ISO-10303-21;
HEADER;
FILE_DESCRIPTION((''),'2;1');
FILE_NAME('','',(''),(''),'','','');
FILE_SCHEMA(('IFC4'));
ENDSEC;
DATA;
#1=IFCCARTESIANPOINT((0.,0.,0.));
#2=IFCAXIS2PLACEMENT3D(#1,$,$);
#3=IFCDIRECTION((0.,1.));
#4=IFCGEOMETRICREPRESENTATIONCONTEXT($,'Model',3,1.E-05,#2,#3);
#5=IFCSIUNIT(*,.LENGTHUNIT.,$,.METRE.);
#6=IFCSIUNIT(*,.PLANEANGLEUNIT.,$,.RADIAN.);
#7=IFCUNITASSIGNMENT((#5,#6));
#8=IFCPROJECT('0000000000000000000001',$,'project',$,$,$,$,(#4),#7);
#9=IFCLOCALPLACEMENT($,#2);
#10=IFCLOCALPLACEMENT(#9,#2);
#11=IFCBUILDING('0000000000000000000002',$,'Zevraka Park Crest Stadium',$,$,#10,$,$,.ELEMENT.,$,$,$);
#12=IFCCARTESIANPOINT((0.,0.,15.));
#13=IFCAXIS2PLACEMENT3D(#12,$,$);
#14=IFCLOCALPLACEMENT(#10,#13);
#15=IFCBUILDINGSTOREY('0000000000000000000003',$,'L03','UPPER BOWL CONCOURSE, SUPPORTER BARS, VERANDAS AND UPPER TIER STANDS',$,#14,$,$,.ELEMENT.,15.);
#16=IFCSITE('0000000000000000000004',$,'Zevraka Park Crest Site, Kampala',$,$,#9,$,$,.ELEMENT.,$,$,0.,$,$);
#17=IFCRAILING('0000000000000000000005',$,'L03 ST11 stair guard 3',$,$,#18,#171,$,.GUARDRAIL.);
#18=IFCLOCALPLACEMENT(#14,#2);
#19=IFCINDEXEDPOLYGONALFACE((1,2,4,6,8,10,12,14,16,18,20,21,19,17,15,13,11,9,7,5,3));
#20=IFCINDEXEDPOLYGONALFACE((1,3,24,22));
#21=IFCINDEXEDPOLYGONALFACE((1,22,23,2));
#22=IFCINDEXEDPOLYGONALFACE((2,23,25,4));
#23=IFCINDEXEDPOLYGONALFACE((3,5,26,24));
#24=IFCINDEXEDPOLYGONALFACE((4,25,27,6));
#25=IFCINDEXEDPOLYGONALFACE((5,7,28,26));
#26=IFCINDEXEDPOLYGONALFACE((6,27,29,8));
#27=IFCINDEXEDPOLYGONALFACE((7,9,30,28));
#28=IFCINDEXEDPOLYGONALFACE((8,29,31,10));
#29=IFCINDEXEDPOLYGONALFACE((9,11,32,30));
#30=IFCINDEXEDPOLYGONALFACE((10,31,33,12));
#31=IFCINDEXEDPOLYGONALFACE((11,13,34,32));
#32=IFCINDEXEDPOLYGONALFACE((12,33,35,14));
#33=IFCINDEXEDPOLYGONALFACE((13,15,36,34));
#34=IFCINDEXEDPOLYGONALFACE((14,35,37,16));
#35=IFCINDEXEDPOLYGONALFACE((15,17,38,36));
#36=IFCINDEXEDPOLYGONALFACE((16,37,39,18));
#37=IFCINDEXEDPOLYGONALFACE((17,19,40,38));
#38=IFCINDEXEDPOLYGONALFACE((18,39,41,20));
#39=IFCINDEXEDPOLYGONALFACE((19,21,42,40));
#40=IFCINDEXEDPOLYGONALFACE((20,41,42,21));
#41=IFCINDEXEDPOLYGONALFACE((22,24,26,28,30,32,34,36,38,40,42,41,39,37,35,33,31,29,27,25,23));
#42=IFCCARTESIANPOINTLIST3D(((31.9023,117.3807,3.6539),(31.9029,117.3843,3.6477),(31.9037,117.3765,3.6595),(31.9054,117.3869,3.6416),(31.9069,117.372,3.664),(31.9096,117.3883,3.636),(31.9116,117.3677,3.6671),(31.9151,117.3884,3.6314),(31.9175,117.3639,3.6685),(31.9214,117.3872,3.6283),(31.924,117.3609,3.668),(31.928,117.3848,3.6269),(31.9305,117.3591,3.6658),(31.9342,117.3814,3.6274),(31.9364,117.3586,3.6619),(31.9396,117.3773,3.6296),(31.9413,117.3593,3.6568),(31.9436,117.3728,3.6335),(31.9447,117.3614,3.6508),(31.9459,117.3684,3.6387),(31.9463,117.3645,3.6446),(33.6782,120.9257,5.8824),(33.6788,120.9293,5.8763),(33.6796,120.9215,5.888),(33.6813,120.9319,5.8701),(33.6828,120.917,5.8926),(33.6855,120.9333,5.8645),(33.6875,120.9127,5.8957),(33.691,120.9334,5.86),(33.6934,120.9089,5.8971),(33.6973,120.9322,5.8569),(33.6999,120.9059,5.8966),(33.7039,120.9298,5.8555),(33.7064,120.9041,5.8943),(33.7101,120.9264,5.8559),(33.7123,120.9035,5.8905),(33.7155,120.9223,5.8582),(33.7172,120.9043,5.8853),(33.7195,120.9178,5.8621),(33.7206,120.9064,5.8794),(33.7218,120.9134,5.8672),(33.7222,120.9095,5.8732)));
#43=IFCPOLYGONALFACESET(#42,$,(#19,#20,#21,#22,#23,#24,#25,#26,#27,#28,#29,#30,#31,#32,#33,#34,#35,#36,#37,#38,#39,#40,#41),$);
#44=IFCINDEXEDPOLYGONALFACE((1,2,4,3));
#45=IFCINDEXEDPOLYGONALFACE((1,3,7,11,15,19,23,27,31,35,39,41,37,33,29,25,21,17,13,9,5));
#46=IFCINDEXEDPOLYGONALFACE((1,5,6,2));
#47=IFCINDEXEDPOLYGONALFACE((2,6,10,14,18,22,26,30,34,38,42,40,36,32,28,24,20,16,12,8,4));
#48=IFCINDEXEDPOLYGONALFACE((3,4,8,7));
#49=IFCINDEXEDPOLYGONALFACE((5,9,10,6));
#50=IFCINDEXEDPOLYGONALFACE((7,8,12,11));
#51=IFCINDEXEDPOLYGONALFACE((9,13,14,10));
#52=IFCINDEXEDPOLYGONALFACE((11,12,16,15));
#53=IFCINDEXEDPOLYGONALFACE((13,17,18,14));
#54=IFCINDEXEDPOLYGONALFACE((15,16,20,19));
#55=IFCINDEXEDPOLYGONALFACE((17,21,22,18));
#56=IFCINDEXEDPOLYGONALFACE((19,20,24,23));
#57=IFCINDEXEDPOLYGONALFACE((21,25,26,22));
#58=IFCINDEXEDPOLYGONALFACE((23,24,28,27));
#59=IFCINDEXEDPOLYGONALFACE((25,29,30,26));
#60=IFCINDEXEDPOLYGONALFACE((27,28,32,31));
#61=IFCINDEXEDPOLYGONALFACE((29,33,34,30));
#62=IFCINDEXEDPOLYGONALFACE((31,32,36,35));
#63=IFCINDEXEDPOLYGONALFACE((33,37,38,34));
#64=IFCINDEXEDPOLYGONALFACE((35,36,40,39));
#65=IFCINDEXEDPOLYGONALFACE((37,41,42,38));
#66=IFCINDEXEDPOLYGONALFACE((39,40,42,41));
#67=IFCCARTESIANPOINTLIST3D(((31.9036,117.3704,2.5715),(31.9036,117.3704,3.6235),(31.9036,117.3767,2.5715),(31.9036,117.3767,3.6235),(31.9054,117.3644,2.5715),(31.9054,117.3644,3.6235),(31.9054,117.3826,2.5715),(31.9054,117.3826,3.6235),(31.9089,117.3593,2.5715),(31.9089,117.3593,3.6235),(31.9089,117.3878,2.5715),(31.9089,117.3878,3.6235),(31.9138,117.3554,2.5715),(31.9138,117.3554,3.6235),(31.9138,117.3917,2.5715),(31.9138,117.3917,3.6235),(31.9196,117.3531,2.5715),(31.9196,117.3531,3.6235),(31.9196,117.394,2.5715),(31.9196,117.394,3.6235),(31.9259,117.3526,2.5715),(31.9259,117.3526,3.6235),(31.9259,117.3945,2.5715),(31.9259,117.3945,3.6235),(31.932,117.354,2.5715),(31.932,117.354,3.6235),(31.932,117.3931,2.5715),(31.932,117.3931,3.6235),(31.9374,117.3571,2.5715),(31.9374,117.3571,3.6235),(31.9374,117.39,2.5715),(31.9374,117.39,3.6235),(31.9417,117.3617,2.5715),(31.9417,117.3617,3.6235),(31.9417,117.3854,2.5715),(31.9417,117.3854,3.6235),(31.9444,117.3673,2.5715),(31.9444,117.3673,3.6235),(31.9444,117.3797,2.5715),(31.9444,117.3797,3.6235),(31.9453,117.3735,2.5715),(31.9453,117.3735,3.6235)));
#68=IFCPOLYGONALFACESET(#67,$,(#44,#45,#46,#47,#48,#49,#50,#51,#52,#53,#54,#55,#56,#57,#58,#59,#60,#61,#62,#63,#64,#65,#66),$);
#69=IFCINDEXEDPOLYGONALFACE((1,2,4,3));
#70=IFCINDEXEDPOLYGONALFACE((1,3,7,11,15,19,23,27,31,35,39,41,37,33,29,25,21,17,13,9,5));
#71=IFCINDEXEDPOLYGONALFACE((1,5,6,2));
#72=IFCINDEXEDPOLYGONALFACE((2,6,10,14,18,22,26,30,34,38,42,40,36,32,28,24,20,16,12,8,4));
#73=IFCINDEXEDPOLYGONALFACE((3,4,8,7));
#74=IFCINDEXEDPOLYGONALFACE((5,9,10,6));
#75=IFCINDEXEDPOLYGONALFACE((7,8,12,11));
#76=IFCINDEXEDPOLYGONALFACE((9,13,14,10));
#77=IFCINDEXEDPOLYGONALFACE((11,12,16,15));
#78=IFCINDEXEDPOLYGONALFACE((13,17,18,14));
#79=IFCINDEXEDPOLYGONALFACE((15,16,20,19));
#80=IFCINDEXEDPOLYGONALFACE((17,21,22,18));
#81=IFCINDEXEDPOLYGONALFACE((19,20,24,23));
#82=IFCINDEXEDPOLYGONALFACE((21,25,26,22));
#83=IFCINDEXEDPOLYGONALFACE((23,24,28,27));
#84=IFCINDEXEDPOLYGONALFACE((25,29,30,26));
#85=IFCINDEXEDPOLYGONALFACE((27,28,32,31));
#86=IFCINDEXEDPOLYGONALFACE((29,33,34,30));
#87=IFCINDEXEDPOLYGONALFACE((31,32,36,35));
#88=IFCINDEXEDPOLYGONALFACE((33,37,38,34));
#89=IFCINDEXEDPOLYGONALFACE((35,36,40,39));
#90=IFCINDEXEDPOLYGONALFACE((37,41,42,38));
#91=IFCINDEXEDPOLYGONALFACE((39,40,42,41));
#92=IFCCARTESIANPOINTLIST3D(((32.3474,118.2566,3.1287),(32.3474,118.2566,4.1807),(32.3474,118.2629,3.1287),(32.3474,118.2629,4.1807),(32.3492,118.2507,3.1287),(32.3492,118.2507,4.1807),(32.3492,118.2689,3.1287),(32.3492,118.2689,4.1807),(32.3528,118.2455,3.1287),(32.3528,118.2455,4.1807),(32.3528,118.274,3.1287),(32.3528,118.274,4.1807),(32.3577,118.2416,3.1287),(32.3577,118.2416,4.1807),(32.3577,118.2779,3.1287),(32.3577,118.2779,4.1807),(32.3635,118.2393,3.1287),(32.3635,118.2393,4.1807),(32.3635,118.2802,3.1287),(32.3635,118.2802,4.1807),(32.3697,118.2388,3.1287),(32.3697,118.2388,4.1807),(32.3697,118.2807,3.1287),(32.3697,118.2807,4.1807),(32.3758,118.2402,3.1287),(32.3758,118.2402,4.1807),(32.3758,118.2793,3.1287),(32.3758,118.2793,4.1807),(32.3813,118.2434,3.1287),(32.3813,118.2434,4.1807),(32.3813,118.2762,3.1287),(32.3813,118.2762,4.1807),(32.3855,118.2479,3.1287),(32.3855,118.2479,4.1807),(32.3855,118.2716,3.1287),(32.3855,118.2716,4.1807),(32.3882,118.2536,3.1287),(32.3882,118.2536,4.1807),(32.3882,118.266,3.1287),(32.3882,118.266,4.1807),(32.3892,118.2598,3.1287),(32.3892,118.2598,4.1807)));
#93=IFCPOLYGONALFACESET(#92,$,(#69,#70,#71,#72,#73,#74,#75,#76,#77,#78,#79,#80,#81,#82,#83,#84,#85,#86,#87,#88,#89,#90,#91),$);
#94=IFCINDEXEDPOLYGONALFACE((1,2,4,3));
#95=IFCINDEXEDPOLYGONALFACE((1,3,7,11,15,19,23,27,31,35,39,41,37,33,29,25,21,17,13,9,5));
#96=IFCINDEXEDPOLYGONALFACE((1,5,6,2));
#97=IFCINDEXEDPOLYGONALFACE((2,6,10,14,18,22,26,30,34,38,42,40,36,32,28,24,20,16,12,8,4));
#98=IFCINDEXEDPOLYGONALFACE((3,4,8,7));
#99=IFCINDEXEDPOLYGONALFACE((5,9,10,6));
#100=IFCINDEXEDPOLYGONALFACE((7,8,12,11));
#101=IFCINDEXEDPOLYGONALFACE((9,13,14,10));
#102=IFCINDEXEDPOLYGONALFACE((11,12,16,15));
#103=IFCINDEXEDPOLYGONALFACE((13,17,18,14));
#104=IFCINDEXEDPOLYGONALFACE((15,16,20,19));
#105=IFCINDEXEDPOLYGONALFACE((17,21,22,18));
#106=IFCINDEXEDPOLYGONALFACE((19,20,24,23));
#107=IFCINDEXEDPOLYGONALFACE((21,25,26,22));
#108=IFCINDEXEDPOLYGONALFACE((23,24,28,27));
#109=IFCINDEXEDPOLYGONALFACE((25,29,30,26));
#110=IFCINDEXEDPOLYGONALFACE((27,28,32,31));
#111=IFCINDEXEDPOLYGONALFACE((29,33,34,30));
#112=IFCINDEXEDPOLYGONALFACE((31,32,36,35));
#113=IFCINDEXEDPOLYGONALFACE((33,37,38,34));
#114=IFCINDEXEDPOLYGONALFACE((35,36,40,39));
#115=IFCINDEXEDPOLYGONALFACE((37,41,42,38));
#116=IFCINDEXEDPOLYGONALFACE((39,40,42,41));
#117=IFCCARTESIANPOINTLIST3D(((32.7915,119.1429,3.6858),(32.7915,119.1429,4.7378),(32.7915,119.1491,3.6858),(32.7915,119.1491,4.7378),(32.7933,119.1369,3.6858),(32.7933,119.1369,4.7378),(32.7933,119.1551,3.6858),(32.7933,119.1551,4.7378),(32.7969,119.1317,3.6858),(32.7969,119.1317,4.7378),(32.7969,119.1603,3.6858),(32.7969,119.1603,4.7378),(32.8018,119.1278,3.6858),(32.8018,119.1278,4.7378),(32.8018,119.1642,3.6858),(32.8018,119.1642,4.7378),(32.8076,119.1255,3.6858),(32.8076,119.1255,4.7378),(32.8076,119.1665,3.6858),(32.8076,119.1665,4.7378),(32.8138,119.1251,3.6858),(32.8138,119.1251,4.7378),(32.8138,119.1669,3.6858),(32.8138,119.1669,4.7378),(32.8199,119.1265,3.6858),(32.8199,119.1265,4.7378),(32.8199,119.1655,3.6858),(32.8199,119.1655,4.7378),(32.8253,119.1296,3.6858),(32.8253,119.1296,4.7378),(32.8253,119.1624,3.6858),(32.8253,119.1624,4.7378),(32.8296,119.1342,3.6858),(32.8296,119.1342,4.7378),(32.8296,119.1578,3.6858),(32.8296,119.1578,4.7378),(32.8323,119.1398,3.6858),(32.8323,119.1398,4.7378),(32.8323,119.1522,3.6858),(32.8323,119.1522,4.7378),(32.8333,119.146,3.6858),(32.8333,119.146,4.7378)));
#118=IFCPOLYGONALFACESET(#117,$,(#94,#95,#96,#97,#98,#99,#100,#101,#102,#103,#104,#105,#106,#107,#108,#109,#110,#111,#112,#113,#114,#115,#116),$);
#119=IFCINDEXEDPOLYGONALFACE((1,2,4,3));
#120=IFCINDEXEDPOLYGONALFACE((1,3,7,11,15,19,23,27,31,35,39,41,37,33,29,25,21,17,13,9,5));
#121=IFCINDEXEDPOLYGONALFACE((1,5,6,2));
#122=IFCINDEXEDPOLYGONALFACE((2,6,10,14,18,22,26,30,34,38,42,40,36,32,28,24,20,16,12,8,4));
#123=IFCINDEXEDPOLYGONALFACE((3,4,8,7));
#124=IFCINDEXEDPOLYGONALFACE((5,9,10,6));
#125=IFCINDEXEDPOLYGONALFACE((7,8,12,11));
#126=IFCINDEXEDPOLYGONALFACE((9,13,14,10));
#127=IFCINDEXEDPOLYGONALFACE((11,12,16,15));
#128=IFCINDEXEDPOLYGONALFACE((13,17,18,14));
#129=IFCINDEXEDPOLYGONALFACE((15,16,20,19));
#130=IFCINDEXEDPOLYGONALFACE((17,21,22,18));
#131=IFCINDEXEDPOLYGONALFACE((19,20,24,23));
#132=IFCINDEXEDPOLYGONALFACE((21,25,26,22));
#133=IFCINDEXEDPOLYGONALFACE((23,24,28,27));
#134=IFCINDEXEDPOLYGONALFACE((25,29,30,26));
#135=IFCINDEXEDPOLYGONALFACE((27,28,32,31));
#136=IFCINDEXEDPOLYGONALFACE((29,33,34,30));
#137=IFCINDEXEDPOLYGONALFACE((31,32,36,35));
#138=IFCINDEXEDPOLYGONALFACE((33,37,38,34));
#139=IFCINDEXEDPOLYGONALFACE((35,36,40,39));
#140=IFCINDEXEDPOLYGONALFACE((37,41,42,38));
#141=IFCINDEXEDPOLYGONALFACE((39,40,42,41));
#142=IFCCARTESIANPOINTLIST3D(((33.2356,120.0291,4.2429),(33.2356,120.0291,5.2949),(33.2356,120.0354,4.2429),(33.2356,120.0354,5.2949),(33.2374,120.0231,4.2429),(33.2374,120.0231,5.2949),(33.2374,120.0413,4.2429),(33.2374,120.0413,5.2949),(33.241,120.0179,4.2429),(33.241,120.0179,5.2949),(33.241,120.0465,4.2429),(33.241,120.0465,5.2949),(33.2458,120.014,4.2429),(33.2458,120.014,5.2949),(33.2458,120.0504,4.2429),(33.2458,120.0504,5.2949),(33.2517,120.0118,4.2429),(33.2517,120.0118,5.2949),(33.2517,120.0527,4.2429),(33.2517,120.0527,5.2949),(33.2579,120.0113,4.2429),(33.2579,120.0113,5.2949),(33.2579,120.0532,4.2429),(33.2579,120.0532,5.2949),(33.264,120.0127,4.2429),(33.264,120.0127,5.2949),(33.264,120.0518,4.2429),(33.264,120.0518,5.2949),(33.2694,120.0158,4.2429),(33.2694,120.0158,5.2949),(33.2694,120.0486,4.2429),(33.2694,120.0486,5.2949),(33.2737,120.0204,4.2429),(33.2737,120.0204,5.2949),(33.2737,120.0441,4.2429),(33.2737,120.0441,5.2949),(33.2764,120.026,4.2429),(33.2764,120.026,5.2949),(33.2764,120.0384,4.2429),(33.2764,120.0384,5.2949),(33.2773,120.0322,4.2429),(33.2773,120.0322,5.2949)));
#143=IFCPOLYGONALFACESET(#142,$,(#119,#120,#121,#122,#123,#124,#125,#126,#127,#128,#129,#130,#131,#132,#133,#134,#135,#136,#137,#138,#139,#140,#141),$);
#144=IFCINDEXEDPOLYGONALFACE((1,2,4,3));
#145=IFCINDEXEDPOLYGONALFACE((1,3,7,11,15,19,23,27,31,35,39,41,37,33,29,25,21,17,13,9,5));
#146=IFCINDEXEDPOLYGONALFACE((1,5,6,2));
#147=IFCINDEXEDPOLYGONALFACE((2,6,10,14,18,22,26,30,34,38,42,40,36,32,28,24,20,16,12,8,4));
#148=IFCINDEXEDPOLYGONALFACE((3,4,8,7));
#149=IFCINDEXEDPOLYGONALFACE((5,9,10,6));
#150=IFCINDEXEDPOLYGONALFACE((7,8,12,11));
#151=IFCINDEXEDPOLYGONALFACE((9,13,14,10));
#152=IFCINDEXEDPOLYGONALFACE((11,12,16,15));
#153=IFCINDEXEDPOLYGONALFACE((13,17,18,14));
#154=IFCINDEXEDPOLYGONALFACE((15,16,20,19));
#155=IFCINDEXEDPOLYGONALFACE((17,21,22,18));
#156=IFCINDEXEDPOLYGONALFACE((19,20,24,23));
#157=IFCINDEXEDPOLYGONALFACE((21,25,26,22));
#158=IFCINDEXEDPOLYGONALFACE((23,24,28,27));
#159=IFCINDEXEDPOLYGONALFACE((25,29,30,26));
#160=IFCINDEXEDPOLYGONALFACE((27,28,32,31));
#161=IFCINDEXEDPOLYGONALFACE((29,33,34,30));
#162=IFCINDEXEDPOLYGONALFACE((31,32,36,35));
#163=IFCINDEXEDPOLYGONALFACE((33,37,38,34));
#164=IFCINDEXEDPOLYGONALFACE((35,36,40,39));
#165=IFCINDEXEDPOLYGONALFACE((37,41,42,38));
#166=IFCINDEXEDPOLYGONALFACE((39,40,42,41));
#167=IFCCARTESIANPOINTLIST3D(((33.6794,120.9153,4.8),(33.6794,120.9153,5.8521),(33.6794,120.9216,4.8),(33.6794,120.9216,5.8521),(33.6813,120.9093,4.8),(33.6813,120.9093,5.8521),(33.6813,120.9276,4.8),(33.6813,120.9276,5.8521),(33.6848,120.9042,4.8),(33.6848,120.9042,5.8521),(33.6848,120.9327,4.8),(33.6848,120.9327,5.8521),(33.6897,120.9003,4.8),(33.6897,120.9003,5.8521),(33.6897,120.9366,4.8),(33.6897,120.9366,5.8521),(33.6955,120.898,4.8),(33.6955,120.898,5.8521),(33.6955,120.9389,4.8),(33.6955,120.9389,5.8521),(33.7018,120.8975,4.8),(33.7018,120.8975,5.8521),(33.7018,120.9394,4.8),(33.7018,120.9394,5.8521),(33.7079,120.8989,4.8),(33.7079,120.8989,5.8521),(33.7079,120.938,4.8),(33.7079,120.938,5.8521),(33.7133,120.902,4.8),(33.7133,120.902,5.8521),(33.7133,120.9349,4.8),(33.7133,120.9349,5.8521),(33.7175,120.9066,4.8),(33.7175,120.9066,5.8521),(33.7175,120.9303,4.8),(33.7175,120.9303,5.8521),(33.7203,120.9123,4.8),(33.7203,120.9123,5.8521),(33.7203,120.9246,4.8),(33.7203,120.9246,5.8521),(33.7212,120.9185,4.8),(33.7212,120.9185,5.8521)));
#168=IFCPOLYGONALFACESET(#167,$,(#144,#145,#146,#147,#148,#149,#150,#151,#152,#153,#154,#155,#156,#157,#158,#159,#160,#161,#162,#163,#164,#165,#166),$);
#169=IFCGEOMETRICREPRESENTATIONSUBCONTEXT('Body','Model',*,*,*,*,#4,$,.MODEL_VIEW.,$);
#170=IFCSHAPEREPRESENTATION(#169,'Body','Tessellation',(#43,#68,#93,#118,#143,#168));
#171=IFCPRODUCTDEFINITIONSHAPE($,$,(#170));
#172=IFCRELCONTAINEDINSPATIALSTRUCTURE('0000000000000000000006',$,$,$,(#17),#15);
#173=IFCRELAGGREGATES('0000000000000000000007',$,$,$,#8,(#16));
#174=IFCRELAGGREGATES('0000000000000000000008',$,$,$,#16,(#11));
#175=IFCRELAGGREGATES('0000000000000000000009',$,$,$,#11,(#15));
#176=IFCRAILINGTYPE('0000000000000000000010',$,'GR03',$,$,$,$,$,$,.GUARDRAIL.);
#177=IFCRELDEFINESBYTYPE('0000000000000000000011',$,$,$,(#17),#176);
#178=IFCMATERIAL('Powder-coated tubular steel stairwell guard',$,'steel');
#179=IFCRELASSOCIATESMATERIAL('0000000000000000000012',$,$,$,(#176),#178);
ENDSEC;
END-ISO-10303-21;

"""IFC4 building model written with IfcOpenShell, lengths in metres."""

from ifc_helpers import new_model, si_unit, direction, frame, origin, origin_2d, place, context, subcontext, project, spatial, circle, extrude, material, type_object, element, save


model = new_model("IFC4")

# Units and contexts
model_context = context("Model", 3, precision=1e-05, world=origin(), true_north=direction((0.0, 1.0)))
body_context = subcontext(model_context, "Body", "Model", "MODEL_VIEW")
ifc_project = project(units=[si_unit("LENGTHUNIT", "METRE"), si_unit("PLANEANGLEUNIT", "RADIAN")], contexts=[model_context])

# Site, building, storey
site_placement = place(None, origin())
site = spatial("IfcSite", under=ifc_project, at=site_placement, Name="Zevraka Park Crest Site, Kampala", CompositionType="ELEMENT", RefElevation=0.0)
building_placement = place(site_placement, origin())
building = spatial("IfcBuilding", under=site, at=building_placement, Name="Zevraka Park Crest Stadium", CompositionType="ELEMENT")
storey_placement = place(building_placement, frame((0.0, 0.0, 15.0)))
storey = spatial("IfcBuildingStorey", under=building, at=storey_placement, Name="L03", Description="UPPER BOWL CONCOURSE, SUPPORTER BARS, VERANDAS AND UPPER TIER STANDS", CompositionType="ELEMENT", Elevation=15.0)

# Railing
ifc_material_1 = material(Name="Powder-coated tubular steel stairwell guard", Category="steel")
railing_type_1 = type_object("IfcRailingType", Name="GR03", PredefinedType="GUARDRAIL", material=ifc_material_1)
railing_1_placement = place(storey_placement, frame((31.9243, 117.3735, 2.5715)))
element("IfcRailing", 1, at=railing_1_placement, inside=storey, type_object=railing_type_1, Name="L03 ST11 stair guard 3", PredefinedType="GUARDRAIL", context=body_context, shape_type="SweptSolid", body=[
    extrude(circle(Radius=0.0239, at=origin_2d()), frame((0.0, 0.0, 1.0762), z_axis=(0.390454, 0.779405, 0.489973), x_axis=(-0.894082, 0.447903, 0.0)), (0.0, 0.0, 1.0), 4.5483),
    extrude(circle(Radius=0.021, at=origin_2d()), origin(), (0.0, 0.0, 1.0), 1.052),
    extrude(circle(Radius=0.021, at=origin_2d()), frame((0.4438, 0.8862, 0.5571)), (0.0, 0.0, 1.0), 1.052),
    extrude(circle(Radius=0.021, at=origin_2d()), frame((0.8879, 1.7725, 1.1143)), (0.0, 0.0, 1.0), 1.052),
    extrude(circle(Radius=0.021, at=origin_2d()), frame((1.332, 2.6587, 1.6714)), (0.0, 0.0, 1.0), 1.052),
    extrude(circle(Radius=0.021, at=origin_2d()), frame((1.7759, 3.5449, 2.2285)), (0.0, 0.0, 1.0), 1.052),
])

save(model, "model.ifc")
